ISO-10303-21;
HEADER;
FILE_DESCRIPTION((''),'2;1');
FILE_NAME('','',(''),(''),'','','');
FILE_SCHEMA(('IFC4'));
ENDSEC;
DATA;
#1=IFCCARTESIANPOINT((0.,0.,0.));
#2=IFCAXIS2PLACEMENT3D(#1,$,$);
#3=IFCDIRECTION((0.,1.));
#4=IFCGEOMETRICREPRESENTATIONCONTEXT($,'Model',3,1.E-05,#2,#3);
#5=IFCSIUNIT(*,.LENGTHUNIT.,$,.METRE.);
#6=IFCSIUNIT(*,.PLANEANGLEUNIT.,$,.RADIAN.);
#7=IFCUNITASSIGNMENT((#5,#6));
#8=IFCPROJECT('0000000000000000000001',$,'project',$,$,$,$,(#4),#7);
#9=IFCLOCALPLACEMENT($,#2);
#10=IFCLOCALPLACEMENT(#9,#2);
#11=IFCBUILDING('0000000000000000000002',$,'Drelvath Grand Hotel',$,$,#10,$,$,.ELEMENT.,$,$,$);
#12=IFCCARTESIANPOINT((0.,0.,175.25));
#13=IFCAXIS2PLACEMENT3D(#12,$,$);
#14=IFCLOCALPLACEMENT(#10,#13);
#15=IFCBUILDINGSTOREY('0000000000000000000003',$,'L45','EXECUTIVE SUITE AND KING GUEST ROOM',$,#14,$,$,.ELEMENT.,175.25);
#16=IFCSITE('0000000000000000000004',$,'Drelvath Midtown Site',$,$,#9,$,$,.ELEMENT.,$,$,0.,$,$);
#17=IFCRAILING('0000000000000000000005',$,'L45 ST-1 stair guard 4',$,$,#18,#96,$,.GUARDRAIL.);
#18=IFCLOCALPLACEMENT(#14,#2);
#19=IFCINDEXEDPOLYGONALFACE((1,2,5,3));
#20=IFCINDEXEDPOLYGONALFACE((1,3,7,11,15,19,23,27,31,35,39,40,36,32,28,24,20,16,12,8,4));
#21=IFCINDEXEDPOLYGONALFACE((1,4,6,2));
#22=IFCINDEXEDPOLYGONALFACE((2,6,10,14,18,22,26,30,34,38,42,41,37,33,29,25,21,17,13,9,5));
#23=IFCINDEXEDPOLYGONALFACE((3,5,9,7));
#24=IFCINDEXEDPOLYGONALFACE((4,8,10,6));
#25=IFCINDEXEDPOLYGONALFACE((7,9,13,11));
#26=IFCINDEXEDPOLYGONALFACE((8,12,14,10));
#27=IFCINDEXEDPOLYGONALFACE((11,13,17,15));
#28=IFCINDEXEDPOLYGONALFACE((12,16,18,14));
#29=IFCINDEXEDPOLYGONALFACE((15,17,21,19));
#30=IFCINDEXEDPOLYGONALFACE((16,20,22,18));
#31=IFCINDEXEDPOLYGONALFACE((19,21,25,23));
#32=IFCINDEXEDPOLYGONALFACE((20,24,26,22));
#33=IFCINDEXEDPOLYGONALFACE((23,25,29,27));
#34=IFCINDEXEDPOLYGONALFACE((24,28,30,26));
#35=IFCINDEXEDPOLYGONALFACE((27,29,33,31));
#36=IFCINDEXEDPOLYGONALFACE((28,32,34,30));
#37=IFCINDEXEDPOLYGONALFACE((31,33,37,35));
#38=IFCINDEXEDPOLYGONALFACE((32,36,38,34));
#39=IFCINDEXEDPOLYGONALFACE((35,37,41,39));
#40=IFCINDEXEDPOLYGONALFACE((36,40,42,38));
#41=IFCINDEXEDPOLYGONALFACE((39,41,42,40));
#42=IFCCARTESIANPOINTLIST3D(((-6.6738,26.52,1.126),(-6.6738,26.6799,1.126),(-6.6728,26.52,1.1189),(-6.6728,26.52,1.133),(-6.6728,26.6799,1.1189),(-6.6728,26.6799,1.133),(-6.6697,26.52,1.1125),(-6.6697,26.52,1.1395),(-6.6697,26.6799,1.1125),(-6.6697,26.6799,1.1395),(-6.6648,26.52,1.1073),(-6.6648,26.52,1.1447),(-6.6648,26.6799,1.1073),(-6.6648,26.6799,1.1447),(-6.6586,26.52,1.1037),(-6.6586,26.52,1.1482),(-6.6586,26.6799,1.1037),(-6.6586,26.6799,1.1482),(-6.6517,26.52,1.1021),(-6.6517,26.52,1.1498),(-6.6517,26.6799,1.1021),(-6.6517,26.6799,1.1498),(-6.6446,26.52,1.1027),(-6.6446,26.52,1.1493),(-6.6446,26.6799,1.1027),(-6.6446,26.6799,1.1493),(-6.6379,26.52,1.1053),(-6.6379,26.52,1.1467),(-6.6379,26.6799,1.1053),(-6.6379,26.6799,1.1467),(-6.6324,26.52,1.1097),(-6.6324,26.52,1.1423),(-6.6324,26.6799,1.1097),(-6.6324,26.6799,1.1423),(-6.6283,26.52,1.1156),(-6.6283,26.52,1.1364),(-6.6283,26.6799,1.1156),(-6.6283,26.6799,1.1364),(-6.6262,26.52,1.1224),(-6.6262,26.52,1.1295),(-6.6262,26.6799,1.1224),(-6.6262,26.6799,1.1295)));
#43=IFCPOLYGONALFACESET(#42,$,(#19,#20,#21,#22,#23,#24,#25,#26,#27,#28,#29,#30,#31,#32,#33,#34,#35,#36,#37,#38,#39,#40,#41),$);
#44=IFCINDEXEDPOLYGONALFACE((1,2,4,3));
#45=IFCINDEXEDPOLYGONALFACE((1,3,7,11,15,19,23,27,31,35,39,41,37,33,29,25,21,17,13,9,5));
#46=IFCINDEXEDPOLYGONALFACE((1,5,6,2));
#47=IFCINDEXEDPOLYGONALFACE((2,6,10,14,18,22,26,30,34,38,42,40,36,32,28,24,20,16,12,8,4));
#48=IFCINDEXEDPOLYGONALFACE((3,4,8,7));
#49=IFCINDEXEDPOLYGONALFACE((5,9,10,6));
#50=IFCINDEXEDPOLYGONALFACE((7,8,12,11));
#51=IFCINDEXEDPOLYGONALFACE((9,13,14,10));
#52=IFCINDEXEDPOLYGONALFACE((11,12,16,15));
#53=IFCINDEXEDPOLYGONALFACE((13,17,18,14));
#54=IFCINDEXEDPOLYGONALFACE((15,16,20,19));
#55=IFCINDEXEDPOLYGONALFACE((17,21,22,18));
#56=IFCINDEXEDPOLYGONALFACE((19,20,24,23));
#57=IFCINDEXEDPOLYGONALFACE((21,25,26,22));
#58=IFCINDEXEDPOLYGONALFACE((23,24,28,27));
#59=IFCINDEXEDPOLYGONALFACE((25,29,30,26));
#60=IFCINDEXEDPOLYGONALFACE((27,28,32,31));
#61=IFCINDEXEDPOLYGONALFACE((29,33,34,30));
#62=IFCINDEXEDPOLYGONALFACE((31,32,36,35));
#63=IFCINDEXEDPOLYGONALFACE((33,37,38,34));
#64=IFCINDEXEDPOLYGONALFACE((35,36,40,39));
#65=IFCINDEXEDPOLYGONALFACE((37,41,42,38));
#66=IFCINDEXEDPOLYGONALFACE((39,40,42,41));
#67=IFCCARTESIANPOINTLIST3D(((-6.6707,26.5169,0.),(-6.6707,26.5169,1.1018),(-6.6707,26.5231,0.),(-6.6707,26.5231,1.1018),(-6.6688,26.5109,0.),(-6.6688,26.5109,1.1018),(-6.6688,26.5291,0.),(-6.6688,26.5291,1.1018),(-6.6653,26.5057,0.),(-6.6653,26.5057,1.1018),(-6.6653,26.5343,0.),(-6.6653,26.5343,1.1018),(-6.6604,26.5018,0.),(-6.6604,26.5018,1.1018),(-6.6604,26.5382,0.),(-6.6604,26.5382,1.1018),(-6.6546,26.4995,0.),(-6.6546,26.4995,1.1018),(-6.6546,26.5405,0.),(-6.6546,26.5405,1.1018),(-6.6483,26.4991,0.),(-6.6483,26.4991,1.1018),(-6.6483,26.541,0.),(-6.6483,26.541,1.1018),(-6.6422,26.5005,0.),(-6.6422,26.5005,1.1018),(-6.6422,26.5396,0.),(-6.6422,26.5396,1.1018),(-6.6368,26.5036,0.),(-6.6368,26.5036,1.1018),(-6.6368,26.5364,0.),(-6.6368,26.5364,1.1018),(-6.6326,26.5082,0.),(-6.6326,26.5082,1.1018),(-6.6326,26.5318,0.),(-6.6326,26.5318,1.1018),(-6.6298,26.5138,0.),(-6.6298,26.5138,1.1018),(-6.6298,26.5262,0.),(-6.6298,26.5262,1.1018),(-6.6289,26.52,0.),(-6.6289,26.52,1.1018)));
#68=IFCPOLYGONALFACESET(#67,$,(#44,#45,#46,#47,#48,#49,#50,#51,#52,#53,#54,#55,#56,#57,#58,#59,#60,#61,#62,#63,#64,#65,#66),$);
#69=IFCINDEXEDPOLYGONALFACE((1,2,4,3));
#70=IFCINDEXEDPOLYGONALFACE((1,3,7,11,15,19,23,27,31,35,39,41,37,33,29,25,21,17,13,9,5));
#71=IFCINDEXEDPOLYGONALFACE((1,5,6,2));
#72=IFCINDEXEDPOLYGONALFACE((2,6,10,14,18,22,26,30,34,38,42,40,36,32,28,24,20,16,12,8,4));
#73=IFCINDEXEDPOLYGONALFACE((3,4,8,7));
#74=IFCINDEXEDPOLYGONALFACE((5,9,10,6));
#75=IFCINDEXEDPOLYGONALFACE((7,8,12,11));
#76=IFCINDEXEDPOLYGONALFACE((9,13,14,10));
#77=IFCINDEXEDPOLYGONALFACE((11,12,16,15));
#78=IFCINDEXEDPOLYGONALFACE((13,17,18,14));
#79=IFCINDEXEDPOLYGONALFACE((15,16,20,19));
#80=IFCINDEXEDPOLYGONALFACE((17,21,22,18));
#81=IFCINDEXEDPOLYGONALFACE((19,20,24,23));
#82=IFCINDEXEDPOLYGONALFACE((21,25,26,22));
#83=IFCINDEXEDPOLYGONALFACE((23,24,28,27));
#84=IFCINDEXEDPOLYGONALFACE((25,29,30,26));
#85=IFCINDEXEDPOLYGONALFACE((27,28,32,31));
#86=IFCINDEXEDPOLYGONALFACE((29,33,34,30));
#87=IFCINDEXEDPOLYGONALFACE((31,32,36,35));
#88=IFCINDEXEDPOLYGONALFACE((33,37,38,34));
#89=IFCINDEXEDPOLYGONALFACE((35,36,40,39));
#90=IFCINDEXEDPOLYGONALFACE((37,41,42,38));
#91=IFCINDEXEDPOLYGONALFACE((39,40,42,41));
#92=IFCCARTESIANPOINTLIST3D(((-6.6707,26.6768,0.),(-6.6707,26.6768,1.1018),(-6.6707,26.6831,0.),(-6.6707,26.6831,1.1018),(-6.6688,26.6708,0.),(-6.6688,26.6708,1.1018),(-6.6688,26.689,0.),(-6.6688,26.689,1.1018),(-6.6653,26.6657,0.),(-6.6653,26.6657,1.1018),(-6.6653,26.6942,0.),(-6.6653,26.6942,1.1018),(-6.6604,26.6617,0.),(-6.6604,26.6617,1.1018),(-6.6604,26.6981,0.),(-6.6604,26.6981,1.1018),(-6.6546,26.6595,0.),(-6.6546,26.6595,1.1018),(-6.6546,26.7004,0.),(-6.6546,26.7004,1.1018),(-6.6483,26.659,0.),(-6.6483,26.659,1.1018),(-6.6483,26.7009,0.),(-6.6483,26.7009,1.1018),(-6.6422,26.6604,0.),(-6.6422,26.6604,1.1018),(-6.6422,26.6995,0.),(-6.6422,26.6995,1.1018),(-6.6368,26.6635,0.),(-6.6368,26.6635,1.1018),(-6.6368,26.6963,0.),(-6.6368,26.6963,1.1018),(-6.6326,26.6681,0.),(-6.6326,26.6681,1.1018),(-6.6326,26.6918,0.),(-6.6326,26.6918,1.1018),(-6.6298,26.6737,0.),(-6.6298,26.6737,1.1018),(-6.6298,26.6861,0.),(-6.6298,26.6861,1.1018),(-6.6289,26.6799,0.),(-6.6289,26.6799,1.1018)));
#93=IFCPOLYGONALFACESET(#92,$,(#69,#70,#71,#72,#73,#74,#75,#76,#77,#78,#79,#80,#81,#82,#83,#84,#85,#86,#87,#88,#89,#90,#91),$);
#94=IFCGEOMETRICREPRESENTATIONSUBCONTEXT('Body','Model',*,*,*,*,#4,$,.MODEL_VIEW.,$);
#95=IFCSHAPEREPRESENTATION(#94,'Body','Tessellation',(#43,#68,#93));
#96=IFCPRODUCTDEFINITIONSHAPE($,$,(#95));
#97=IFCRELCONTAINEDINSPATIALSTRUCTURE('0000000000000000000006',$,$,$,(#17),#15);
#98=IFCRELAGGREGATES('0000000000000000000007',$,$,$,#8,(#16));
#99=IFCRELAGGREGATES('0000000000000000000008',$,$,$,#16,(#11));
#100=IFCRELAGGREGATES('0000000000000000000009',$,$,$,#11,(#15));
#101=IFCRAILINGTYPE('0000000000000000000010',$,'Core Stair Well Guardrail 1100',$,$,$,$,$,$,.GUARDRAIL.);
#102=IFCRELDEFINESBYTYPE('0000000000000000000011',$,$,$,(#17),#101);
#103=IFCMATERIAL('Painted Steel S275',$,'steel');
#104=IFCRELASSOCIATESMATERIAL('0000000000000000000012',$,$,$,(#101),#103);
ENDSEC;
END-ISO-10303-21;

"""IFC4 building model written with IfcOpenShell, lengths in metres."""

from ifc_helpers import new_model, si_unit, direction, frame, origin, origin_2d, place, context, subcontext, project, spatial, circle, extrude, material, type_object, element, save


model = new_model("IFC4")

# Units and contexts
model_context = context("Model", 3, precision=1e-05, world=origin(), true_north=direction((0.0, 1.0)))
body_context = subcontext(model_context, "Body", "Model", "MODEL_VIEW")
ifc_project = project(units=[si_unit("LENGTHUNIT", "METRE"), si_unit("PLANEANGLEUNIT", "RADIAN")], contexts=[model_context])

# Site, building, storey
site_placement = place(None, origin())
site = spatial("IfcSite", under=ifc_project, at=site_placement, Name="Drelvath Midtown Site", CompositionType="ELEMENT", RefElevation=0.0)
building_placement = place(site_placement, origin())
building = spatial("IfcBuilding", under=site, at=building_placement, Name="Drelvath Grand Hotel", CompositionType="ELEMENT")
storey_placement = place(building_placement, frame((0.0, 0.0, 175.25)))
storey = spatial("IfcBuildingStorey", under=building, at=storey_placement, Name="L45", Description="EXECUTIVE SUITE AND KING GUEST ROOM", CompositionType="ELEMENT", Elevation=175.25)

# Shared definitions
ifc_material_1 = material(Name="Painted Steel S275", Category="steel")

# Railing
railing_type_1 = type_object("IfcRailingType", Name="Core Stair Well Guardrail 1100", PredefinedType="GUARDRAIL", material=ifc_material_1)
railing_1_placement = place(storey_placement, frame((-6.6499, 26.52, 0.0)))
element("IfcRailing", 1, at=railing_1_placement, inside=storey, type_object=railing_type_1, Name="L45 ST-1 stair guard 4", PredefinedType="GUARDRAIL", context=body_context, shape_type="SweptSolid", body=[
    extrude(circle(Radius=0.0239, at=origin_2d()), frame((0.0, 0.0, 1.126), z_axis=(0.0, 1.0, 0.0), x_axis=(-1.0, 0.0, 0.0)), (0.0, 0.0, 1.0), 0.1599),
    extrude(circle(Radius=0.021, at=origin_2d()), origin(), (0.0, 0.0, 1.0), 1.1018),
    extrude(circle(Radius=0.021, at=origin_2d()), frame((0.0, 0.1599, 0.0)), (0.0, 0.0, 1.0), 1.1018),
])

save(model, "model.ifc")
